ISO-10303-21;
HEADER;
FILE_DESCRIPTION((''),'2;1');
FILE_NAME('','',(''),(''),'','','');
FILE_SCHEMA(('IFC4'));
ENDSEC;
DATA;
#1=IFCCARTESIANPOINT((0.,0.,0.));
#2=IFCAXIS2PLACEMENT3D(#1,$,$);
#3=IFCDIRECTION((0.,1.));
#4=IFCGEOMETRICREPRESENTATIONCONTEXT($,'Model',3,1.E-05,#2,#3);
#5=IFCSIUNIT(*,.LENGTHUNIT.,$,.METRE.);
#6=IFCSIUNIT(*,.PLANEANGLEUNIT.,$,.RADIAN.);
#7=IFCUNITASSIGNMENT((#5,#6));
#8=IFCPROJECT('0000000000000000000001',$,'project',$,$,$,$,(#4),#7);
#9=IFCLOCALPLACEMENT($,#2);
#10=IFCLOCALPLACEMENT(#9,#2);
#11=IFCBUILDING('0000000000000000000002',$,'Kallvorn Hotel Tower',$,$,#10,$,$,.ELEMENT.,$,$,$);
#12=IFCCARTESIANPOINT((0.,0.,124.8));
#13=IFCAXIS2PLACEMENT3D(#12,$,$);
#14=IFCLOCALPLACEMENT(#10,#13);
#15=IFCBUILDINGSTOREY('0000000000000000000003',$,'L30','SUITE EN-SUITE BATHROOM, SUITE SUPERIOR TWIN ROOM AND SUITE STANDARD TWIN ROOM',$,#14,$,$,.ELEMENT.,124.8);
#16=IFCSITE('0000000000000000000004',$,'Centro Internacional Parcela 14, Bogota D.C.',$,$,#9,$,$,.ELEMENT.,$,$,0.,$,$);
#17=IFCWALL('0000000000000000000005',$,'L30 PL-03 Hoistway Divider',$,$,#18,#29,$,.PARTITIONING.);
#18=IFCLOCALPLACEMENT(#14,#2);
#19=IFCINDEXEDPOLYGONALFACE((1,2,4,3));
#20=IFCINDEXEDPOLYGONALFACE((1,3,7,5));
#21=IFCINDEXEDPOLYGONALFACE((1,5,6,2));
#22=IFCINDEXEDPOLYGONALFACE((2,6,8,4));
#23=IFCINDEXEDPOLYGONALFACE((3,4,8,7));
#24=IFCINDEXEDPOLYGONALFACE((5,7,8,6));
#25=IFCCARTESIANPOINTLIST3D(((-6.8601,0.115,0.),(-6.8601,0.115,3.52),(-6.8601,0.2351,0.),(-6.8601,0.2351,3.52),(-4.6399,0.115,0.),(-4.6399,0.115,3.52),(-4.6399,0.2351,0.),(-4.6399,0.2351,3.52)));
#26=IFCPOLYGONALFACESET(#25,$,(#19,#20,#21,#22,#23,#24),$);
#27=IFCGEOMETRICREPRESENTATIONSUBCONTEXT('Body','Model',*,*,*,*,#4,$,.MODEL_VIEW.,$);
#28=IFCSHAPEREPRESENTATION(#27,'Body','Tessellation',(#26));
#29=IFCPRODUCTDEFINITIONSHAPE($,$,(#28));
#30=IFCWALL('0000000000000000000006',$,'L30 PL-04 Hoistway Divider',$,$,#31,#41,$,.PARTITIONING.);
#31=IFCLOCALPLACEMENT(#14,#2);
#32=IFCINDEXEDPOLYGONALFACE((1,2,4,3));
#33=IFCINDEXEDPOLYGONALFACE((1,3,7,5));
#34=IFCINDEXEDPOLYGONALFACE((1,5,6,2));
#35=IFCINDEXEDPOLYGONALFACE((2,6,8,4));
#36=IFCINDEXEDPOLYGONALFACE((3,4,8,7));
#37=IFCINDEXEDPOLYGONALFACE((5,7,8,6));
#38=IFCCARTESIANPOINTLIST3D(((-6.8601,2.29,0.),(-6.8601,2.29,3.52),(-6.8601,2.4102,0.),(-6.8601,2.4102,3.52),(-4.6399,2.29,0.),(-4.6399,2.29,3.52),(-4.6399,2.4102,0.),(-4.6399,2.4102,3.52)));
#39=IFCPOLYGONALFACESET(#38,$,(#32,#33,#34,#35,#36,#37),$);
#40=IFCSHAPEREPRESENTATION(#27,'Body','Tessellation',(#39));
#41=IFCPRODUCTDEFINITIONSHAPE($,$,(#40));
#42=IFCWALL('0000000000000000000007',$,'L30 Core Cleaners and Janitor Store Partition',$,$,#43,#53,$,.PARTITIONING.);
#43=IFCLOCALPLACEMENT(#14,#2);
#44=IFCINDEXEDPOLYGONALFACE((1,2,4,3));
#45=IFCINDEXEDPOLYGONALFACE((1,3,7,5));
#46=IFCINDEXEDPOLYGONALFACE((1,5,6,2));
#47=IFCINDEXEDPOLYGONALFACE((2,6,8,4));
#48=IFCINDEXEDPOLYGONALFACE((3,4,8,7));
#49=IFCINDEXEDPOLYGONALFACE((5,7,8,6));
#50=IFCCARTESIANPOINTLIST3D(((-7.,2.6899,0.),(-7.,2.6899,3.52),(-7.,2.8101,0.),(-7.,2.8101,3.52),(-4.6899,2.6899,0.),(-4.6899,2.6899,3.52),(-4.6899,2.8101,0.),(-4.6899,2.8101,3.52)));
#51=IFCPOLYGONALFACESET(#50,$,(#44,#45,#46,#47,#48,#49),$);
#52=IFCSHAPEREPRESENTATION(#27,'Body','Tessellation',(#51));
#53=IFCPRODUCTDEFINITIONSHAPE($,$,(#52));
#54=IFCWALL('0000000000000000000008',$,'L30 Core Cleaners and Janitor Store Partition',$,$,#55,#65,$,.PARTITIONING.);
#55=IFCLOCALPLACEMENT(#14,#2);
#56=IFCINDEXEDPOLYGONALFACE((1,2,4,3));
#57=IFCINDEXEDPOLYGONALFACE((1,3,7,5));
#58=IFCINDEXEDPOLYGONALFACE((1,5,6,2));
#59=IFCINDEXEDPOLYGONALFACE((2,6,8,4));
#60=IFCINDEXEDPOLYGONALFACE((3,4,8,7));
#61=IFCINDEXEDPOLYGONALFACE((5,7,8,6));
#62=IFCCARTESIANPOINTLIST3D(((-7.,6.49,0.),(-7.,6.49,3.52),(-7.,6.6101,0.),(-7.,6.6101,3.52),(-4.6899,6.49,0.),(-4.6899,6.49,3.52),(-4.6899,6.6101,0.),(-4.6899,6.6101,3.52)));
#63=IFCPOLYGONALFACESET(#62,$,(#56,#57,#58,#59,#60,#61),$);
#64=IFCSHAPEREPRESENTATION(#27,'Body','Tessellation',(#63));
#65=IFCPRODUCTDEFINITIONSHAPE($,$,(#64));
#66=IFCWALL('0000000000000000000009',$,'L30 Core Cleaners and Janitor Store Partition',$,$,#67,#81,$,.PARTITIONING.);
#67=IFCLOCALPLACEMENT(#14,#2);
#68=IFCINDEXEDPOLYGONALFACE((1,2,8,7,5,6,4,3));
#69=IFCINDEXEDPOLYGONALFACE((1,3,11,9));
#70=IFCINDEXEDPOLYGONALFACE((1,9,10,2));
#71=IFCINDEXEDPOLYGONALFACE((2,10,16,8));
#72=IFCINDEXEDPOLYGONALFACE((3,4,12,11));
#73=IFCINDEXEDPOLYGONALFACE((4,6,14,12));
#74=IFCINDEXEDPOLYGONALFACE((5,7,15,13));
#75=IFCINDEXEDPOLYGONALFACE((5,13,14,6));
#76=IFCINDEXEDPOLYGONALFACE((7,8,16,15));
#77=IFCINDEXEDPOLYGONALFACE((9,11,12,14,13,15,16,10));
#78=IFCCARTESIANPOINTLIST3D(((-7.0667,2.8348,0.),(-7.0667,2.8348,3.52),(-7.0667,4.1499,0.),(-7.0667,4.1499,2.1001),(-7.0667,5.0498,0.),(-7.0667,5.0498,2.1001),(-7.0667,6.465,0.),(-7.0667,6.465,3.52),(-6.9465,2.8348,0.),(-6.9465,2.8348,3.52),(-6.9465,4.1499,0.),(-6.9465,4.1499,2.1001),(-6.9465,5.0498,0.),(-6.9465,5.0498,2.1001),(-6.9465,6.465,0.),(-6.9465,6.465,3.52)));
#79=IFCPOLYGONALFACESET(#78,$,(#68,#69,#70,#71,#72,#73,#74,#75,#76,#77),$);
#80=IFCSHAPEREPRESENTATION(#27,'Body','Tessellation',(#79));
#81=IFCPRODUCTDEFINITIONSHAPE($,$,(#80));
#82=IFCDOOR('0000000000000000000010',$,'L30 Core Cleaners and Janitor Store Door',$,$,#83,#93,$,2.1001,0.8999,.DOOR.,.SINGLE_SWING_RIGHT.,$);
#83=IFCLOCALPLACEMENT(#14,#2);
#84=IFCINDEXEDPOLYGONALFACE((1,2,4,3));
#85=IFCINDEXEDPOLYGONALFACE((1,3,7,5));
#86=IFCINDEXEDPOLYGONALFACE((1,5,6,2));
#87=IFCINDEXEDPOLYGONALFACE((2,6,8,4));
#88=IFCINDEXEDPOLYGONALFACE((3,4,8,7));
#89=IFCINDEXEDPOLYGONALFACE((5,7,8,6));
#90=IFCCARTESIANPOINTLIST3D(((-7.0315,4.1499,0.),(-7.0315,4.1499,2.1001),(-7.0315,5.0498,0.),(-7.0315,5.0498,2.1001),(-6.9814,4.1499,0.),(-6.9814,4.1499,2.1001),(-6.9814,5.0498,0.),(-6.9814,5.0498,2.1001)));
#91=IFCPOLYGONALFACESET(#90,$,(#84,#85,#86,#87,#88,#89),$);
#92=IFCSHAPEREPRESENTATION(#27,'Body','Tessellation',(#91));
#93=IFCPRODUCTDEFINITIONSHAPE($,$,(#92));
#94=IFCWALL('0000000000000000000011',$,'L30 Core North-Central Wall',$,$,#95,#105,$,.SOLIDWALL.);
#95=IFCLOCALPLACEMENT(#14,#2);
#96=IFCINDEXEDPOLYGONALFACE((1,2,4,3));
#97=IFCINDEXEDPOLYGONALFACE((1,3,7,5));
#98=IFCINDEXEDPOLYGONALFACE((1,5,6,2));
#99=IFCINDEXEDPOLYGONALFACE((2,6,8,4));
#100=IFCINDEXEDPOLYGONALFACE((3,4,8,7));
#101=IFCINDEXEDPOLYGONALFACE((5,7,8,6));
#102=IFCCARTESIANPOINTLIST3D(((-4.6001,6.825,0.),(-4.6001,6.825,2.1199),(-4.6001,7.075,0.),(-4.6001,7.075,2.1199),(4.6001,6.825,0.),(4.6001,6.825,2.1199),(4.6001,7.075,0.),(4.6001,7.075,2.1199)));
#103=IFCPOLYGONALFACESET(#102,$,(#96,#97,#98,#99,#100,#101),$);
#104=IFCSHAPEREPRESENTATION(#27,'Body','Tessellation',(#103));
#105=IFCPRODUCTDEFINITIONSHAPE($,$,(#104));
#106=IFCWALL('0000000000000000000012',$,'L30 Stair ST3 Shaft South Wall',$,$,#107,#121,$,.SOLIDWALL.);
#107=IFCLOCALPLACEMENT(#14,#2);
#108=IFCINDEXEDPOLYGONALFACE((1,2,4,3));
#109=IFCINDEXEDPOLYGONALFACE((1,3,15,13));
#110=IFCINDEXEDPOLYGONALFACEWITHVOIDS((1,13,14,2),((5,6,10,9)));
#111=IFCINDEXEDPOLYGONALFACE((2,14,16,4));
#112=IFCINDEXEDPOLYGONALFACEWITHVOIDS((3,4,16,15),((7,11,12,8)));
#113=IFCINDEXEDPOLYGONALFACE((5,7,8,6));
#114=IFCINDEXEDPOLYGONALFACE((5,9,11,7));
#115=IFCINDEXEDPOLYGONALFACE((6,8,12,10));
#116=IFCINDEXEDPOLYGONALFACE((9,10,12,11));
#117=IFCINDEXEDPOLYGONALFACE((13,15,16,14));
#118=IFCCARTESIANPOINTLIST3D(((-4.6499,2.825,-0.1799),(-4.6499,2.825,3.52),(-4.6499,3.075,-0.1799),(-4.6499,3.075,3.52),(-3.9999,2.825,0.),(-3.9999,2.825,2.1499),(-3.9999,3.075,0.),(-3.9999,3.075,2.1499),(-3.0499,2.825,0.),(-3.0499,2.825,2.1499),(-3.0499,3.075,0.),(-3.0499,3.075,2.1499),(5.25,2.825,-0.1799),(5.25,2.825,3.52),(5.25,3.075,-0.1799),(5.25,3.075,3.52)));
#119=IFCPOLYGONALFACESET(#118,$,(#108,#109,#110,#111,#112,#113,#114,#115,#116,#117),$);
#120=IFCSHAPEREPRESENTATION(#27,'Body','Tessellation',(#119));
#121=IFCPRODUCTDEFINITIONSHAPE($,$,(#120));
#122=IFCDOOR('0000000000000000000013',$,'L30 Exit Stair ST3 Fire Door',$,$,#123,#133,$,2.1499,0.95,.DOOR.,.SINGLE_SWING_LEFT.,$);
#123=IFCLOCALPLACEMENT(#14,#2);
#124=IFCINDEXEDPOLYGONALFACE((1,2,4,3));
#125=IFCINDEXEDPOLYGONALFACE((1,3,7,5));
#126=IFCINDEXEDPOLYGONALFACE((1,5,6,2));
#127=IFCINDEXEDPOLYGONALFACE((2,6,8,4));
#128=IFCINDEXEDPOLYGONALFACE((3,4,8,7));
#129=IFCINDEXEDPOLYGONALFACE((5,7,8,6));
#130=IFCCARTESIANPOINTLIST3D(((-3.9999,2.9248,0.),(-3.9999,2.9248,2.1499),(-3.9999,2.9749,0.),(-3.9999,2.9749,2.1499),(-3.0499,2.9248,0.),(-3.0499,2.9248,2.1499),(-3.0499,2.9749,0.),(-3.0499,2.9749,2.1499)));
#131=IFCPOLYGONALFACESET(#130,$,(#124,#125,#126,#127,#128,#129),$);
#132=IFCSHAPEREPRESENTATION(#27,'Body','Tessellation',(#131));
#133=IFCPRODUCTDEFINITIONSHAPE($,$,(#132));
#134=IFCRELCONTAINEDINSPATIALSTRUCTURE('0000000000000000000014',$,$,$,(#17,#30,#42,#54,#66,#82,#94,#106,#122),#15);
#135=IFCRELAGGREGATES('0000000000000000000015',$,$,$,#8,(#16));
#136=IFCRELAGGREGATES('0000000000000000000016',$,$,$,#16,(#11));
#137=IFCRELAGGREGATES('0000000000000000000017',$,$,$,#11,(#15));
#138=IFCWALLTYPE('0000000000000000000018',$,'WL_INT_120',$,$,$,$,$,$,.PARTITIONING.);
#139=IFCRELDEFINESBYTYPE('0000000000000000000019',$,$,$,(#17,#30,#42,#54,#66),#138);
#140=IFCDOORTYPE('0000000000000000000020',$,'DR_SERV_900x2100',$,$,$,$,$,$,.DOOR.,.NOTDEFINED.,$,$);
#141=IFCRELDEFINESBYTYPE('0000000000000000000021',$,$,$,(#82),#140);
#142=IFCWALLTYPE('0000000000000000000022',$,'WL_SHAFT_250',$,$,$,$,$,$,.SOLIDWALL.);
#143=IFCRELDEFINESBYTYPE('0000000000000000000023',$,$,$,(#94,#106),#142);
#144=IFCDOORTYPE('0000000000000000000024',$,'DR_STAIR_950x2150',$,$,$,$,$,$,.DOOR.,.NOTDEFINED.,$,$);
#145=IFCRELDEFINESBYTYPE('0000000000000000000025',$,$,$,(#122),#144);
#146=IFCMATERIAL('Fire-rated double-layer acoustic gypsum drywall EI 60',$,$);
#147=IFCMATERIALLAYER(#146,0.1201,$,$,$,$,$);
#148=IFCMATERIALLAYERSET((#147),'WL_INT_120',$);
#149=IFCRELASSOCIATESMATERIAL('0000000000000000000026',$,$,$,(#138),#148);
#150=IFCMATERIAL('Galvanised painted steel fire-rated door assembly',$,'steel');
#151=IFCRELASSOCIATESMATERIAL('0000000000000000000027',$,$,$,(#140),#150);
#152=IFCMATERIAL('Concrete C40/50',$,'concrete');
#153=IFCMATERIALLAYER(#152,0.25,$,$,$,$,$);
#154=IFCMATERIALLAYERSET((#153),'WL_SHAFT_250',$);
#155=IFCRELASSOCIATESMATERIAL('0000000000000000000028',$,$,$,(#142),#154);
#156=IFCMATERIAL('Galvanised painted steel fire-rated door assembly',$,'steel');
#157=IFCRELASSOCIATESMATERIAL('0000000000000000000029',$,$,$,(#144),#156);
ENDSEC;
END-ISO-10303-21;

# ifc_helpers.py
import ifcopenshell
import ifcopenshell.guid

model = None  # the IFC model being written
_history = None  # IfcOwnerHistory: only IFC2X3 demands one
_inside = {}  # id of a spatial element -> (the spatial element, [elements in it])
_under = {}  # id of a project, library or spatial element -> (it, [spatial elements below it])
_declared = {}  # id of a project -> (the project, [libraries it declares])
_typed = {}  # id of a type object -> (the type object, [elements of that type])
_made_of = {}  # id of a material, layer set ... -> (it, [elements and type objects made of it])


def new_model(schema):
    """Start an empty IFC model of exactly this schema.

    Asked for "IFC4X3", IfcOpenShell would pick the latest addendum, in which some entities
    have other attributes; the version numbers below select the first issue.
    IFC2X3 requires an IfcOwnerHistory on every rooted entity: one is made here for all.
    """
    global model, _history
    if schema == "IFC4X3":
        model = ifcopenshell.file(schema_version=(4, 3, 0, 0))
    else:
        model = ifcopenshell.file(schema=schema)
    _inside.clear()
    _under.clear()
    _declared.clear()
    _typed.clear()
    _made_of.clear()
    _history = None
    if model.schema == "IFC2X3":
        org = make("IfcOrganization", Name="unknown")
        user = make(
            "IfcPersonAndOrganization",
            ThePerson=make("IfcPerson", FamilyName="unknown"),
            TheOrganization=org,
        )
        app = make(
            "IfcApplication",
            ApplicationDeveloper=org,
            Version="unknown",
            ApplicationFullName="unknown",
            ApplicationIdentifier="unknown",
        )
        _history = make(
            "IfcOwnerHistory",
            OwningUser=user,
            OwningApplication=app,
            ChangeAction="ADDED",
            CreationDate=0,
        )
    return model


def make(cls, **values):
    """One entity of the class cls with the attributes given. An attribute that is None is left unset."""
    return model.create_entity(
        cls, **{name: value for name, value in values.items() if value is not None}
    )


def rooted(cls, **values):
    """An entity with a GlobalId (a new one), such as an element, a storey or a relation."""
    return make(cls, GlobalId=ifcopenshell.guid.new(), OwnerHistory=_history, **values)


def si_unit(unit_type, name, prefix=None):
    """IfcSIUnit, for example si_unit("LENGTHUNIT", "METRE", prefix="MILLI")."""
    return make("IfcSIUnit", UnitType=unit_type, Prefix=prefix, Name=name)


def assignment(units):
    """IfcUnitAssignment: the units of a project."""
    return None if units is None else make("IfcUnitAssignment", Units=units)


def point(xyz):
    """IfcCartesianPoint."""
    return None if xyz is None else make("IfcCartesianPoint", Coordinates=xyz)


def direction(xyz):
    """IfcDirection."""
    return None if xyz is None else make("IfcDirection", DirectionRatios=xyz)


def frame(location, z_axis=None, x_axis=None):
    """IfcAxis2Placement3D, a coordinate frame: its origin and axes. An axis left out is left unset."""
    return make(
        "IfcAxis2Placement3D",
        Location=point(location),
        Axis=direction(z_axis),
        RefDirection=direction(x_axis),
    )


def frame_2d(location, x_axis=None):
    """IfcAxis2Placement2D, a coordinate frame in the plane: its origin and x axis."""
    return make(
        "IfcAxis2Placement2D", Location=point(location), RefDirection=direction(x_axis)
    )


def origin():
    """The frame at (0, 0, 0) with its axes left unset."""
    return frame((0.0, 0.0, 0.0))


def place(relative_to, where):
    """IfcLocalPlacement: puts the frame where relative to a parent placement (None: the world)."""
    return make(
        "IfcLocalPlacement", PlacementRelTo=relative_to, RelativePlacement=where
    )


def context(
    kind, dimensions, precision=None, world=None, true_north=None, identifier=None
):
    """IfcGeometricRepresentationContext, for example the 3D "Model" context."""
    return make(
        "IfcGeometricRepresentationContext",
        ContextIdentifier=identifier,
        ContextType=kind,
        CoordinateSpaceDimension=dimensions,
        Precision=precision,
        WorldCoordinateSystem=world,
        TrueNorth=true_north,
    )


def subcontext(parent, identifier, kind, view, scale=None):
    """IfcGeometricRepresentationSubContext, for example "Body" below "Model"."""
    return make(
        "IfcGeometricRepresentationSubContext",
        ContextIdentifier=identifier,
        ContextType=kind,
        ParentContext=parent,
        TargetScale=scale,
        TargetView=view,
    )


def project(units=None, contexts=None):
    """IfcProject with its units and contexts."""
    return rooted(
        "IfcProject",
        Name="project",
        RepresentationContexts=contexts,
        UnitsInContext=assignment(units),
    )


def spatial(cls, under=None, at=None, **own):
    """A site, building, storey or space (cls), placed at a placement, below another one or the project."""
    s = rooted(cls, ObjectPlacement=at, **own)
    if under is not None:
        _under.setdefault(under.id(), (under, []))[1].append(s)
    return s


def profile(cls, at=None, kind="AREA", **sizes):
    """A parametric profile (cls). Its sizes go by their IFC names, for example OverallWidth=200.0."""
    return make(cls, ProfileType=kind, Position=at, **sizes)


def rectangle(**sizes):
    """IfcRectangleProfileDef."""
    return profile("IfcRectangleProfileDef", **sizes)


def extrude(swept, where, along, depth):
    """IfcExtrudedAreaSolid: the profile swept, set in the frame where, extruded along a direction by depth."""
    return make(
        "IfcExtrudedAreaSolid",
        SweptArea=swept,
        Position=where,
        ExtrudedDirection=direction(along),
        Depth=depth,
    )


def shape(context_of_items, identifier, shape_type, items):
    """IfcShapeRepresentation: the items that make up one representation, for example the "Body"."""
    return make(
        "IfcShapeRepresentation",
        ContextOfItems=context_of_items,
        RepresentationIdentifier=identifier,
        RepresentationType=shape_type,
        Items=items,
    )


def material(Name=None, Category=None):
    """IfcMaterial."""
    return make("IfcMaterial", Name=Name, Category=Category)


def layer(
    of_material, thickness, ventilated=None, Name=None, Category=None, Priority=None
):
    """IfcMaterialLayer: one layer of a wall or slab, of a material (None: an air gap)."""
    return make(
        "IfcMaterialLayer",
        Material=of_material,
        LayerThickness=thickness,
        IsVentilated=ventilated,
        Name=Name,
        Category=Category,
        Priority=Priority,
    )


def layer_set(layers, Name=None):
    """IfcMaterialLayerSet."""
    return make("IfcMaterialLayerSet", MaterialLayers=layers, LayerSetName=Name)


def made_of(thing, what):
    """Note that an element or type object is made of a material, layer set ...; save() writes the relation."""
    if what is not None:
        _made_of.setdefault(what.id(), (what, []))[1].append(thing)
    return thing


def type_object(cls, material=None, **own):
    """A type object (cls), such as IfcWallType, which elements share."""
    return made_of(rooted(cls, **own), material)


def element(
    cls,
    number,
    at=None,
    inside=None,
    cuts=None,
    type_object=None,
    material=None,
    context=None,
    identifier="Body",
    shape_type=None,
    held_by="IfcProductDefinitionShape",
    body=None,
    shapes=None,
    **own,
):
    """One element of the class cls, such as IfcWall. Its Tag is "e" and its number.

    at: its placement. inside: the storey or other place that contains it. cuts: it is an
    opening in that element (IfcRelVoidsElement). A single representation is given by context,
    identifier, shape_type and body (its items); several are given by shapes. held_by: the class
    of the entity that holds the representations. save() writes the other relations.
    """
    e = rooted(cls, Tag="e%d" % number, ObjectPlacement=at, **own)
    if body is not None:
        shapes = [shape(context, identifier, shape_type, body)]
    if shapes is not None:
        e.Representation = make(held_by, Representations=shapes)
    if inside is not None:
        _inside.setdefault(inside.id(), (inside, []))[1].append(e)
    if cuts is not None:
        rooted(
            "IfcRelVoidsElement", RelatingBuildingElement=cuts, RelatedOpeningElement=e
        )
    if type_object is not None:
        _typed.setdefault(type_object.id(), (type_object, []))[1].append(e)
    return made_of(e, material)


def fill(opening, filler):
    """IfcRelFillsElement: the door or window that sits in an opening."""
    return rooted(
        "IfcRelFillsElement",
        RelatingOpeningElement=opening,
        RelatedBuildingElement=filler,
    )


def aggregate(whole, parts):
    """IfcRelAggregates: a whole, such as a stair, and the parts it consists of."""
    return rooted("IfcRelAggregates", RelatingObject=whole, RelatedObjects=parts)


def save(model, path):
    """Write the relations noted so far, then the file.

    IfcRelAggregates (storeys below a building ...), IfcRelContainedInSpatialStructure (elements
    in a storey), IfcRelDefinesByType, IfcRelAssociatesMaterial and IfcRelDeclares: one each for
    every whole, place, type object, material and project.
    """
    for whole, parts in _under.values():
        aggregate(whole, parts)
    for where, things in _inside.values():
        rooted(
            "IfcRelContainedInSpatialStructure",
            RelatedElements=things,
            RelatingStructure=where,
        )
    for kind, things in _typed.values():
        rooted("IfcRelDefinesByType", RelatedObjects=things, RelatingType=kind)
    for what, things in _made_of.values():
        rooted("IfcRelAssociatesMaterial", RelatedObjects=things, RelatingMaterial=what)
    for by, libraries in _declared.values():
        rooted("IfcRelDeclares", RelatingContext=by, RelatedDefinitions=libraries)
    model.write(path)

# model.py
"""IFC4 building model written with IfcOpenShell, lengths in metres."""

from ifc_helpers import new_model, si_unit, direction, frame, frame_2d, origin, place, context, subcontext, project, spatial, rectangle, extrude, material, layer, layer_set, type_object, element, fill, save


model = new_model("IFC4")

# Units and contexts
model_context = context("Model", 3, precision=1e-05, world=origin(), true_north=direction((0.0, 1.0)))
body_context = subcontext(model_context, "Body", "Model", "MODEL_VIEW")
ifc_project = project(units=[si_unit("LENGTHUNIT", "METRE"), si_unit("PLANEANGLEUNIT", "RADIAN")], contexts=[model_context])

# Site, building, storey
site_placement = place(None, origin())
site = spatial("IfcSite", under=ifc_project, at=site_placement, Name="Centro Internacional Parcela 14, Bogota D.C.", CompositionType="ELEMENT", RefElevation=0.0)
building_placement = place(site_placement, origin())
building = spatial("IfcBuilding", under=site, at=building_placement, Name="Kallvorn Hotel Tower", CompositionType="ELEMENT")
storey_placement = place(building_placement, frame((0.0, 0.0, 124.8)))
storey = spatial("IfcBuildingStorey", under=building, at=storey_placement, Name="L30", Description="SUITE EN-SUITE BATHROOM, SUITE SUPERIOR TWIN ROOM AND SUITE STANDARD TWIN ROOM", CompositionType="ELEMENT", Elevation=124.8)

# Walls
ifc_material_1 = material(Name="Fire-rated double-layer acoustic gypsum drywall EI 60")
ifc_layer_1 = layer(ifc_material_1, 0.1201)
ifc_layer_set_1 = layer_set([ifc_layer_1], Name="WL_INT_120")
wall_type_1 = type_object("IfcWallType", Name="WL_INT_120", PredefinedType="PARTITIONING", material=ifc_layer_set_1)
for number, where, z_axis, x_axis, name in (
    (1, (-6.8601, 0.175, 0.0), (0.0, 0.0, 1.0), (1.0, 0.0, 0.0), "L30 PL-03 Hoistway Divider"),
    (2, (-6.8601, 2.3501, 0.0), (0.0, 0.0, 1.0), (1.0, 0.0, 0.0), "L30 PL-04 Hoistway Divider"),
):
    element("IfcWall", number, at=place(storey_placement, frame(where, z_axis=z_axis, x_axis=x_axis)), inside=storey, type_object=wall_type_1, Name=name, PredefinedType="PARTITIONING", context=body_context, shape_type="SweptSolid", body=[
        extrude(rectangle(XDim=2.2202, YDim=0.1201, at=frame_2d((1.1101, 0.0))), origin(), (0.0, 0.0, 1.0), 3.52),
    ])
for number, where, z_axis, x_axis, name in (
    (3, (-7.0, 2.75, 0.0), (0.0, 0.0, 1.0), (1.0, 0.0, 0.0), "L30 Core Cleaners and Janitor Store Partition"),
    (4, (-7.0, 6.55, 0.0), (0.0, 0.0, 1.0), (1.0, 0.0, 0.0), "L30 Core Cleaners and Janitor Store Partition"),
):
    element("IfcWall", number, at=place(storey_placement, frame(where, z_axis=z_axis, x_axis=x_axis)), inside=storey, type_object=wall_type_1, Name=name, PredefinedType="PARTITIONING", context=body_context, shape_type="SweptSolid", body=[
        extrude(rectangle(XDim=2.3101, YDim=0.1201, at=frame_2d((1.155, 0.0))), origin(), (0.0, 0.0, 1.0), 3.52),
    ])

# Wall, opening, door
wall_1_placement = place(storey_placement, frame((-7.0066, 2.835, 0.0), z_axis=(0.0, 0.0, 1.0), x_axis=(0.0, 1.0, 0.0)))
wall_1 = element("IfcWall", 5, at=wall_1_placement, inside=storey, type_object=wall_type_1, Name="L30 Core Cleaners and Janitor Store Partition", PredefinedType="PARTITIONING", context=body_context, shape_type="SweptSolid", body=[
    extrude(rectangle(XDim=3.6301, YDim=0.1201, at=frame_2d((1.8149, 0.0))), origin(), (0.0, 0.0, 1.0), 3.52),
])
opening_1_placement = place(wall_1_placement, frame((1.3149, 0.0, 0.0)))
opening_1 = element("IfcOpeningElement", 6, at=opening_1_placement, cuts=wall_1, PredefinedType="OPENING", context=body_context, shape_type="SweptSolid", body=[
    extrude(rectangle(XDim=0.8999, YDim=2.1001, at=frame_2d((0.45, 1.05))), frame((0.0, 0.075, 0.0), z_axis=(0.0, -1.0, 0.0), x_axis=(1.0, 0.0, 0.0)), (0.0, 0.0, 1.0), 0.1501),
])
ifc_material_2 = material(Name="Galvanised painted steel fire-rated door assembly", Category="steel")
door_type_1 = type_object("IfcDoorType", Name="DR_SERV_900x2100", OperationType="NOTDEFINED", PredefinedType="DOOR", material=ifc_material_2)
door_1_placement = place(opening_1_placement, origin())
door_1 = element("IfcDoor", 7, at=door_1_placement, inside=storey, type_object=door_type_1, Name="L30 Core Cleaners and Janitor Store Door", OperationType="SINGLE_SWING_RIGHT", OverallHeight=2.1001, OverallWidth=0.8999, PredefinedType="DOOR", context=body_context, shape_type="SweptSolid", body=[
    extrude(rectangle(XDim=0.8999, YDim=2.1001, at=frame_2d((0.45, 1.05))), frame((0.0, 0.0249, 0.0), z_axis=(0.0, -1.0, 0.0), x_axis=(1.0, 0.0, 0.0)), (0.0, 0.0, 1.0), 0.05),
])
fill(opening_1, door_1)

# Wall
ifc_material_3 = material(Name="Concrete C40/50", Category="concrete")
ifc_layer_2 = layer(ifc_material_3, 0.25)
ifc_layer_set_2 = layer_set([ifc_layer_2], Name="WL_SHAFT_250")
wall_type_2 = type_object("IfcWallType", Name="WL_SHAFT_250", PredefinedType="SOLIDWALL", material=ifc_layer_set_2)
wall_2_placement = place(storey_placement, frame((-4.6001, 6.95, 0.0), z_axis=(0.0, 0.0, 1.0), x_axis=(1.0, 0.0, 0.0)))
element("IfcWall", 8, at=wall_2_placement, inside=storey, type_object=wall_type_2, Name="L30 Core North-Central Wall", PredefinedType="SOLIDWALL", context=body_context, shape_type="SweptSolid", body=[
    extrude(rectangle(XDim=9.2002, YDim=0.25, at=frame_2d((4.6001, 0.0))), origin(), (0.0, 0.0, 1.0), 2.1199),
])

# Wall, opening, door
wall_3_placement = place(storey_placement, frame((-4.6499, 2.95, -0.1799), z_axis=(0.0, 0.0, 1.0), x_axis=(1.0, 0.0, 0.0)))
wall_3 = element("IfcWall", 9, at=wall_3_placement, inside=storey, type_object=wall_type_2, Name="L30 Stair ST3 Shaft South Wall", PredefinedType="SOLIDWALL", context=body_context, shape_type="SweptSolid", body=[
    extrude(rectangle(XDim=9.8999, YDim=0.25, at=frame_2d((4.95, 0.0))), origin(), (0.0, 0.0, 1.0), 3.7),
])
opening_2_placement = place(wall_3_placement, frame((0.6499, 0.0, 0.1799)))
opening_2 = element("IfcOpeningElement", 10, at=opening_2_placement, cuts=wall_3, PredefinedType="OPENING", context=body_context, shape_type="SweptSolid", body=[
    extrude(rectangle(XDim=0.95, YDim=2.1499, at=frame_2d((0.4751, 1.075))), frame((0.0, 0.1399, 0.0), z_axis=(0.0, -1.0, 0.0), x_axis=(1.0, 0.0, 0.0)), (0.0, 0.0, 1.0), 0.28),
])
ifc_material_4 = material(Name="Galvanised painted steel fire-rated door assembly", Category="steel")
door_type_2 = type_object("IfcDoorType", Name="DR_STAIR_950x2150", OperationType="NOTDEFINED", PredefinedType="DOOR", material=ifc_material_4)
door_2_placement = place(opening_2_placement, origin())
door_2 = element("IfcDoor", 11, at=door_2_placement, inside=storey, type_object=door_type_2, Name="L30 Exit Stair ST3 Fire Door", OperationType="SINGLE_SWING_LEFT", OverallHeight=2.1499, OverallWidth=0.95, PredefinedType="DOOR", context=body_context, shape_type="SweptSolid", body=[
    extrude(rectangle(XDim=0.95, YDim=2.1499, at=frame_2d((0.4751, 1.075))), frame((0.0, 0.0249, 0.0), z_axis=(0.0, -1.0, 0.0), x_axis=(1.0, 0.0, 0.0)), (0.0, 0.0, 1.0), 0.05),
])
fill(opening_2, door_2)

save(model, "model.ifc")
